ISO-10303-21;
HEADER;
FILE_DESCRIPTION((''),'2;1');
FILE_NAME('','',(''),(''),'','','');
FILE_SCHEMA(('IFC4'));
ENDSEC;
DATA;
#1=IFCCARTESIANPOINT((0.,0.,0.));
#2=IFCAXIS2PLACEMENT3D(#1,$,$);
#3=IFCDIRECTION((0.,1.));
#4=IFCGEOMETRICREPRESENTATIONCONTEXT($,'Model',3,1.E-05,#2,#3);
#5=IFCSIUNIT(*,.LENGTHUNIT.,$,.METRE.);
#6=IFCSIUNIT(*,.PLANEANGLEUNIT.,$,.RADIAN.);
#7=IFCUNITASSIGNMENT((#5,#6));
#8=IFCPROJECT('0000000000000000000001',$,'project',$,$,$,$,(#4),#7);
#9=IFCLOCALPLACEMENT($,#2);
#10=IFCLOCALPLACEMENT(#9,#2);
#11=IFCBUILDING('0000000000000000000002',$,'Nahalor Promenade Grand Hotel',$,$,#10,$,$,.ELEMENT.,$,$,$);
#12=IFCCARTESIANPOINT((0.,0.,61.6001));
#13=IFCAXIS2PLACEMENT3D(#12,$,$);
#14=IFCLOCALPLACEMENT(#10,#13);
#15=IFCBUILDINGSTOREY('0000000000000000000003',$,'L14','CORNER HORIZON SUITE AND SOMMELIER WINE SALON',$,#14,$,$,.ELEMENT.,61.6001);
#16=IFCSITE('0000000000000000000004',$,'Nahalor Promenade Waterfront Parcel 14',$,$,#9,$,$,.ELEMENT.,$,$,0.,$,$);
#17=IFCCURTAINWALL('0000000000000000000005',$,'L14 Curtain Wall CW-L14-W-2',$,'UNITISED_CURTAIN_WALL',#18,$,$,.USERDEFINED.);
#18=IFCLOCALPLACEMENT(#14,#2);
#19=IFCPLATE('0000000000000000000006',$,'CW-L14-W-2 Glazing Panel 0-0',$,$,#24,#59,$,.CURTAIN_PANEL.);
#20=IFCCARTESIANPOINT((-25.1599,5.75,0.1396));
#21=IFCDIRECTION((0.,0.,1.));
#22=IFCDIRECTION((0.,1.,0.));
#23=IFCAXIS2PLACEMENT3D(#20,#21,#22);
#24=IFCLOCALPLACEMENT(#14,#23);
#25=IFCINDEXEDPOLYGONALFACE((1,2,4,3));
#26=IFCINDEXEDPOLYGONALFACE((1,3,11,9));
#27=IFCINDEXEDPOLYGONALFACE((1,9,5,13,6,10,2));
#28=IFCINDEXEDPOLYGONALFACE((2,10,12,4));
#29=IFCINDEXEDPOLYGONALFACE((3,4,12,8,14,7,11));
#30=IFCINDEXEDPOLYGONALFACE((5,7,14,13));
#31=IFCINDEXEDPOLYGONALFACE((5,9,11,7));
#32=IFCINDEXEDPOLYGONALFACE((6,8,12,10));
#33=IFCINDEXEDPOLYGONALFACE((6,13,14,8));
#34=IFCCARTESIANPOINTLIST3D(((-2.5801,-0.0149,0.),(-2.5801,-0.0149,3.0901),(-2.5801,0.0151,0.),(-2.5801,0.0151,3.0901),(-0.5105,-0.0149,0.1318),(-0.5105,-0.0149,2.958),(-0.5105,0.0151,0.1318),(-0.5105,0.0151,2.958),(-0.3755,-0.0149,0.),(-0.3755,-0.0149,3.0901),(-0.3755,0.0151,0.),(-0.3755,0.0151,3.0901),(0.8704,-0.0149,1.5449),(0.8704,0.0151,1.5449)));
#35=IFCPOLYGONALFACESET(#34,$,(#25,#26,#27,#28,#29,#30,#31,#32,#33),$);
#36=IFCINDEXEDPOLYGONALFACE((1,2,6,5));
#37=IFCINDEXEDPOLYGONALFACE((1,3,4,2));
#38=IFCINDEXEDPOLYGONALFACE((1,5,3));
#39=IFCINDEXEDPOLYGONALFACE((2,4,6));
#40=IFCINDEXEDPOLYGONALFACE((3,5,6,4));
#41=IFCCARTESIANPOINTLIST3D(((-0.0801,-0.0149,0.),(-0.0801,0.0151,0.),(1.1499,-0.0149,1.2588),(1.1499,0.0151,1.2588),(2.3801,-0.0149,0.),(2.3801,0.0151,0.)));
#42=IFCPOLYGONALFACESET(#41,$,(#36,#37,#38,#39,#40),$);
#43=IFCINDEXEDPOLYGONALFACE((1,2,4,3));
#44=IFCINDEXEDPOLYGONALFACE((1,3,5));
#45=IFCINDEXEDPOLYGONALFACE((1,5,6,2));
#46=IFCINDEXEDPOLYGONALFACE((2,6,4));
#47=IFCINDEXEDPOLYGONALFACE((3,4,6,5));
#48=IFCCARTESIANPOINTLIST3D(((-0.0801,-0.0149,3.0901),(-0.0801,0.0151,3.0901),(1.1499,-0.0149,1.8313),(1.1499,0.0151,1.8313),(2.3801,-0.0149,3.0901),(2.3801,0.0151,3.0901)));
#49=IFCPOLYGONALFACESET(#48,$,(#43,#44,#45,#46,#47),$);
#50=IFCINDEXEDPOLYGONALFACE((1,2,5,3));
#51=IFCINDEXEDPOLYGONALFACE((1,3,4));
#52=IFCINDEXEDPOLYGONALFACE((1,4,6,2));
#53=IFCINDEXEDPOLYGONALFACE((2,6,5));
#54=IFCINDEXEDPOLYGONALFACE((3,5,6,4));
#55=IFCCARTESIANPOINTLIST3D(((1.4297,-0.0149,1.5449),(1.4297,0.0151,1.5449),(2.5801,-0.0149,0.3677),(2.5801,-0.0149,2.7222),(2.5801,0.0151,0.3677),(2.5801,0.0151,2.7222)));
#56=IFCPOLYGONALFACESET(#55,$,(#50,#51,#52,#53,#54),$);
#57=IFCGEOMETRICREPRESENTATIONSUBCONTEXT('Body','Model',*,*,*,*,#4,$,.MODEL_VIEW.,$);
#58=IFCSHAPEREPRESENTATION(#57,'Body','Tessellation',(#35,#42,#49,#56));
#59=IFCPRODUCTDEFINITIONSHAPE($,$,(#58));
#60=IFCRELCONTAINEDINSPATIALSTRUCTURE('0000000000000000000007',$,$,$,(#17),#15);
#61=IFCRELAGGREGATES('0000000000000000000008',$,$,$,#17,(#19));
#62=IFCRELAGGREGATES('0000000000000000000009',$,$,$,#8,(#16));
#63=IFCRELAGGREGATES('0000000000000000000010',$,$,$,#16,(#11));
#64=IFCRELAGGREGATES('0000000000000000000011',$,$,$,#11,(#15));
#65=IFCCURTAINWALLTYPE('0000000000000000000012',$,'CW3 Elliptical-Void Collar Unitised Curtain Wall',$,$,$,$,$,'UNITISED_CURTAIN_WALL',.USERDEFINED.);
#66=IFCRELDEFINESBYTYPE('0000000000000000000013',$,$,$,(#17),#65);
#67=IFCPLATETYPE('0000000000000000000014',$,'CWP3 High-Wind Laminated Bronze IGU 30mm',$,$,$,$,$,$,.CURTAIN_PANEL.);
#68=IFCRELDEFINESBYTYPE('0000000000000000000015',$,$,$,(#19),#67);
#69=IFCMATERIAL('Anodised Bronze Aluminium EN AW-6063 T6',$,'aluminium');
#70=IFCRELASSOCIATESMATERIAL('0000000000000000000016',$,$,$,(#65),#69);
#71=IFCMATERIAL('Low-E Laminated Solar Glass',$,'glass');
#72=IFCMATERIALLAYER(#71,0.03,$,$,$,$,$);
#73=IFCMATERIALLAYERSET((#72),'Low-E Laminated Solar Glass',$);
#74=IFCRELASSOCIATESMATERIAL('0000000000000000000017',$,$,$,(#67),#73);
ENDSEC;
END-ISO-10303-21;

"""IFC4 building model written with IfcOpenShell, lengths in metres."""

from ifc_helpers import new_model, si_unit, direction, frame, origin, place, context, subcontext, project, spatial, polyline, outline, extrude, material, layer, layer_set, type_object, element, aggregate, save


model = new_model("IFC4")

# Units and contexts
model_context = context("Model", 3, precision=1e-05, world=origin(), true_north=direction((0.0, 1.0)))
body_context = subcontext(model_context, "Body", "Model", "MODEL_VIEW")
ifc_project = project(units=[si_unit("LENGTHUNIT", "METRE"), si_unit("PLANEANGLEUNIT", "RADIAN")], contexts=[model_context])

# Site, building, storey
site_placement = place(None, origin())
site = spatial("IfcSite", under=ifc_project, at=site_placement, Name="Nahalor Promenade Waterfront Parcel 14", CompositionType="ELEMENT", RefElevation=0.0)
building_placement = place(site_placement, origin())
building = spatial("IfcBuilding", under=site, at=building_placement, Name="Nahalor Promenade Grand Hotel", CompositionType="ELEMENT")
storey_placement = place(building_placement, frame((0.0, 0.0, 61.6001)))
storey = spatial("IfcBuildingStorey", under=building, at=storey_placement, Name="L14", Description="CORNER HORIZON SUITE AND SOMMELIER WINE SALON", CompositionType="ELEMENT", Elevation=61.6001)

# Curtain wall
ifc_material_1 = material(Name="Anodised Bronze Aluminium EN AW-6063 T6", Category="aluminium")
curtain_wall_type = type_object("IfcCurtainWallType", Name="CW3 Elliptical-Void Collar Unitised Curtain Wall", ElementType="UNITISED_CURTAIN_WALL", PredefinedType="USERDEFINED", material=ifc_material_1)
curtain_wall_1_placement = place(storey_placement, origin())
curtain_wall_1 = element("IfcCurtainWall", 1, at=curtain_wall_1_placement, inside=storey, type_object=curtain_wall_type, Name="L14 Curtain Wall CW-L14-W-2", ObjectType="UNITISED_CURTAIN_WALL", PredefinedType="USERDEFINED")

# Plate
ifc_material_2 = material(Name="Low-E Laminated Solar Glass", Category="glass")
ifc_layer_1 = layer(ifc_material_2, 0.03)
ifc_layer_set_1 = layer_set([ifc_layer_1], Name="Low-E Laminated Solar Glass")
plate_type_1 = type_object("IfcPlateType", Name="CWP3 High-Wind Laminated Bronze IGU 30mm", PredefinedType="CURTAIN_PANEL", material=ifc_layer_set_1)
plate_1_placement = place(storey_placement, frame((-25.1599, 5.75, 0.1396), z_axis=(0.0, 0.0, 1.0), x_axis=(0.0, 1.0, 0.0)))
plate_1 = element("IfcPlate", 2, at=plate_1_placement, type_object=plate_type_1, Name="CW-L14-W-2 Glazing Panel 0-0", PredefinedType="CURTAIN_PANEL", context=body_context, shape_type="SweptSolid", body=[
    extrude(outline(polyline([(-2.5801, 3.0901), (-2.5801, 0.0), (-0.3755, 0.0), (-0.5105, 0.1318), (0.8704, 1.5449), (-0.5105, 2.958), (-0.3755, 3.0901), (-2.5801, 3.0901)])), frame((0.0, 0.0151, 0.0), z_axis=(0.0, -1.0, 0.0), x_axis=(1.0, 0.0, 0.0)), (0.0, 0.0, 1.0), 0.03),
    extrude(outline(polyline([(1.1499, 1.2588), (-0.0801, 0.0), (2.3801, 0.0), (1.1499, 1.2588)])), frame((0.0, 0.0151, 0.0), z_axis=(0.0, -1.0, 0.0), x_axis=(1.0, 0.0, 0.0)), (0.0, 0.0, 1.0), 0.03),
    extrude(outline(polyline([(1.1499, 1.8313), (2.3801, 3.0901), (-0.0801, 3.0901), (1.1499, 1.8313)])), frame((0.0, 0.0151, 0.0), z_axis=(0.0, -1.0, 0.0), x_axis=(1.0, 0.0, 0.0)), (0.0, 0.0, 1.0), 0.03),
    extrude(outline(polyline([(1.4297, 1.5449), (2.5801, 0.3677), (2.5801, 2.7222), (1.4297, 1.5449)])), frame((0.0, 0.0151, 0.0), z_axis=(0.0, -1.0, 0.0), x_axis=(1.0, 0.0, 0.0)), (0.0, 0.0, 1.0), 0.03),
])
aggregate(curtain_wall_1, [plate_1])

save(model, "model.ifc")
